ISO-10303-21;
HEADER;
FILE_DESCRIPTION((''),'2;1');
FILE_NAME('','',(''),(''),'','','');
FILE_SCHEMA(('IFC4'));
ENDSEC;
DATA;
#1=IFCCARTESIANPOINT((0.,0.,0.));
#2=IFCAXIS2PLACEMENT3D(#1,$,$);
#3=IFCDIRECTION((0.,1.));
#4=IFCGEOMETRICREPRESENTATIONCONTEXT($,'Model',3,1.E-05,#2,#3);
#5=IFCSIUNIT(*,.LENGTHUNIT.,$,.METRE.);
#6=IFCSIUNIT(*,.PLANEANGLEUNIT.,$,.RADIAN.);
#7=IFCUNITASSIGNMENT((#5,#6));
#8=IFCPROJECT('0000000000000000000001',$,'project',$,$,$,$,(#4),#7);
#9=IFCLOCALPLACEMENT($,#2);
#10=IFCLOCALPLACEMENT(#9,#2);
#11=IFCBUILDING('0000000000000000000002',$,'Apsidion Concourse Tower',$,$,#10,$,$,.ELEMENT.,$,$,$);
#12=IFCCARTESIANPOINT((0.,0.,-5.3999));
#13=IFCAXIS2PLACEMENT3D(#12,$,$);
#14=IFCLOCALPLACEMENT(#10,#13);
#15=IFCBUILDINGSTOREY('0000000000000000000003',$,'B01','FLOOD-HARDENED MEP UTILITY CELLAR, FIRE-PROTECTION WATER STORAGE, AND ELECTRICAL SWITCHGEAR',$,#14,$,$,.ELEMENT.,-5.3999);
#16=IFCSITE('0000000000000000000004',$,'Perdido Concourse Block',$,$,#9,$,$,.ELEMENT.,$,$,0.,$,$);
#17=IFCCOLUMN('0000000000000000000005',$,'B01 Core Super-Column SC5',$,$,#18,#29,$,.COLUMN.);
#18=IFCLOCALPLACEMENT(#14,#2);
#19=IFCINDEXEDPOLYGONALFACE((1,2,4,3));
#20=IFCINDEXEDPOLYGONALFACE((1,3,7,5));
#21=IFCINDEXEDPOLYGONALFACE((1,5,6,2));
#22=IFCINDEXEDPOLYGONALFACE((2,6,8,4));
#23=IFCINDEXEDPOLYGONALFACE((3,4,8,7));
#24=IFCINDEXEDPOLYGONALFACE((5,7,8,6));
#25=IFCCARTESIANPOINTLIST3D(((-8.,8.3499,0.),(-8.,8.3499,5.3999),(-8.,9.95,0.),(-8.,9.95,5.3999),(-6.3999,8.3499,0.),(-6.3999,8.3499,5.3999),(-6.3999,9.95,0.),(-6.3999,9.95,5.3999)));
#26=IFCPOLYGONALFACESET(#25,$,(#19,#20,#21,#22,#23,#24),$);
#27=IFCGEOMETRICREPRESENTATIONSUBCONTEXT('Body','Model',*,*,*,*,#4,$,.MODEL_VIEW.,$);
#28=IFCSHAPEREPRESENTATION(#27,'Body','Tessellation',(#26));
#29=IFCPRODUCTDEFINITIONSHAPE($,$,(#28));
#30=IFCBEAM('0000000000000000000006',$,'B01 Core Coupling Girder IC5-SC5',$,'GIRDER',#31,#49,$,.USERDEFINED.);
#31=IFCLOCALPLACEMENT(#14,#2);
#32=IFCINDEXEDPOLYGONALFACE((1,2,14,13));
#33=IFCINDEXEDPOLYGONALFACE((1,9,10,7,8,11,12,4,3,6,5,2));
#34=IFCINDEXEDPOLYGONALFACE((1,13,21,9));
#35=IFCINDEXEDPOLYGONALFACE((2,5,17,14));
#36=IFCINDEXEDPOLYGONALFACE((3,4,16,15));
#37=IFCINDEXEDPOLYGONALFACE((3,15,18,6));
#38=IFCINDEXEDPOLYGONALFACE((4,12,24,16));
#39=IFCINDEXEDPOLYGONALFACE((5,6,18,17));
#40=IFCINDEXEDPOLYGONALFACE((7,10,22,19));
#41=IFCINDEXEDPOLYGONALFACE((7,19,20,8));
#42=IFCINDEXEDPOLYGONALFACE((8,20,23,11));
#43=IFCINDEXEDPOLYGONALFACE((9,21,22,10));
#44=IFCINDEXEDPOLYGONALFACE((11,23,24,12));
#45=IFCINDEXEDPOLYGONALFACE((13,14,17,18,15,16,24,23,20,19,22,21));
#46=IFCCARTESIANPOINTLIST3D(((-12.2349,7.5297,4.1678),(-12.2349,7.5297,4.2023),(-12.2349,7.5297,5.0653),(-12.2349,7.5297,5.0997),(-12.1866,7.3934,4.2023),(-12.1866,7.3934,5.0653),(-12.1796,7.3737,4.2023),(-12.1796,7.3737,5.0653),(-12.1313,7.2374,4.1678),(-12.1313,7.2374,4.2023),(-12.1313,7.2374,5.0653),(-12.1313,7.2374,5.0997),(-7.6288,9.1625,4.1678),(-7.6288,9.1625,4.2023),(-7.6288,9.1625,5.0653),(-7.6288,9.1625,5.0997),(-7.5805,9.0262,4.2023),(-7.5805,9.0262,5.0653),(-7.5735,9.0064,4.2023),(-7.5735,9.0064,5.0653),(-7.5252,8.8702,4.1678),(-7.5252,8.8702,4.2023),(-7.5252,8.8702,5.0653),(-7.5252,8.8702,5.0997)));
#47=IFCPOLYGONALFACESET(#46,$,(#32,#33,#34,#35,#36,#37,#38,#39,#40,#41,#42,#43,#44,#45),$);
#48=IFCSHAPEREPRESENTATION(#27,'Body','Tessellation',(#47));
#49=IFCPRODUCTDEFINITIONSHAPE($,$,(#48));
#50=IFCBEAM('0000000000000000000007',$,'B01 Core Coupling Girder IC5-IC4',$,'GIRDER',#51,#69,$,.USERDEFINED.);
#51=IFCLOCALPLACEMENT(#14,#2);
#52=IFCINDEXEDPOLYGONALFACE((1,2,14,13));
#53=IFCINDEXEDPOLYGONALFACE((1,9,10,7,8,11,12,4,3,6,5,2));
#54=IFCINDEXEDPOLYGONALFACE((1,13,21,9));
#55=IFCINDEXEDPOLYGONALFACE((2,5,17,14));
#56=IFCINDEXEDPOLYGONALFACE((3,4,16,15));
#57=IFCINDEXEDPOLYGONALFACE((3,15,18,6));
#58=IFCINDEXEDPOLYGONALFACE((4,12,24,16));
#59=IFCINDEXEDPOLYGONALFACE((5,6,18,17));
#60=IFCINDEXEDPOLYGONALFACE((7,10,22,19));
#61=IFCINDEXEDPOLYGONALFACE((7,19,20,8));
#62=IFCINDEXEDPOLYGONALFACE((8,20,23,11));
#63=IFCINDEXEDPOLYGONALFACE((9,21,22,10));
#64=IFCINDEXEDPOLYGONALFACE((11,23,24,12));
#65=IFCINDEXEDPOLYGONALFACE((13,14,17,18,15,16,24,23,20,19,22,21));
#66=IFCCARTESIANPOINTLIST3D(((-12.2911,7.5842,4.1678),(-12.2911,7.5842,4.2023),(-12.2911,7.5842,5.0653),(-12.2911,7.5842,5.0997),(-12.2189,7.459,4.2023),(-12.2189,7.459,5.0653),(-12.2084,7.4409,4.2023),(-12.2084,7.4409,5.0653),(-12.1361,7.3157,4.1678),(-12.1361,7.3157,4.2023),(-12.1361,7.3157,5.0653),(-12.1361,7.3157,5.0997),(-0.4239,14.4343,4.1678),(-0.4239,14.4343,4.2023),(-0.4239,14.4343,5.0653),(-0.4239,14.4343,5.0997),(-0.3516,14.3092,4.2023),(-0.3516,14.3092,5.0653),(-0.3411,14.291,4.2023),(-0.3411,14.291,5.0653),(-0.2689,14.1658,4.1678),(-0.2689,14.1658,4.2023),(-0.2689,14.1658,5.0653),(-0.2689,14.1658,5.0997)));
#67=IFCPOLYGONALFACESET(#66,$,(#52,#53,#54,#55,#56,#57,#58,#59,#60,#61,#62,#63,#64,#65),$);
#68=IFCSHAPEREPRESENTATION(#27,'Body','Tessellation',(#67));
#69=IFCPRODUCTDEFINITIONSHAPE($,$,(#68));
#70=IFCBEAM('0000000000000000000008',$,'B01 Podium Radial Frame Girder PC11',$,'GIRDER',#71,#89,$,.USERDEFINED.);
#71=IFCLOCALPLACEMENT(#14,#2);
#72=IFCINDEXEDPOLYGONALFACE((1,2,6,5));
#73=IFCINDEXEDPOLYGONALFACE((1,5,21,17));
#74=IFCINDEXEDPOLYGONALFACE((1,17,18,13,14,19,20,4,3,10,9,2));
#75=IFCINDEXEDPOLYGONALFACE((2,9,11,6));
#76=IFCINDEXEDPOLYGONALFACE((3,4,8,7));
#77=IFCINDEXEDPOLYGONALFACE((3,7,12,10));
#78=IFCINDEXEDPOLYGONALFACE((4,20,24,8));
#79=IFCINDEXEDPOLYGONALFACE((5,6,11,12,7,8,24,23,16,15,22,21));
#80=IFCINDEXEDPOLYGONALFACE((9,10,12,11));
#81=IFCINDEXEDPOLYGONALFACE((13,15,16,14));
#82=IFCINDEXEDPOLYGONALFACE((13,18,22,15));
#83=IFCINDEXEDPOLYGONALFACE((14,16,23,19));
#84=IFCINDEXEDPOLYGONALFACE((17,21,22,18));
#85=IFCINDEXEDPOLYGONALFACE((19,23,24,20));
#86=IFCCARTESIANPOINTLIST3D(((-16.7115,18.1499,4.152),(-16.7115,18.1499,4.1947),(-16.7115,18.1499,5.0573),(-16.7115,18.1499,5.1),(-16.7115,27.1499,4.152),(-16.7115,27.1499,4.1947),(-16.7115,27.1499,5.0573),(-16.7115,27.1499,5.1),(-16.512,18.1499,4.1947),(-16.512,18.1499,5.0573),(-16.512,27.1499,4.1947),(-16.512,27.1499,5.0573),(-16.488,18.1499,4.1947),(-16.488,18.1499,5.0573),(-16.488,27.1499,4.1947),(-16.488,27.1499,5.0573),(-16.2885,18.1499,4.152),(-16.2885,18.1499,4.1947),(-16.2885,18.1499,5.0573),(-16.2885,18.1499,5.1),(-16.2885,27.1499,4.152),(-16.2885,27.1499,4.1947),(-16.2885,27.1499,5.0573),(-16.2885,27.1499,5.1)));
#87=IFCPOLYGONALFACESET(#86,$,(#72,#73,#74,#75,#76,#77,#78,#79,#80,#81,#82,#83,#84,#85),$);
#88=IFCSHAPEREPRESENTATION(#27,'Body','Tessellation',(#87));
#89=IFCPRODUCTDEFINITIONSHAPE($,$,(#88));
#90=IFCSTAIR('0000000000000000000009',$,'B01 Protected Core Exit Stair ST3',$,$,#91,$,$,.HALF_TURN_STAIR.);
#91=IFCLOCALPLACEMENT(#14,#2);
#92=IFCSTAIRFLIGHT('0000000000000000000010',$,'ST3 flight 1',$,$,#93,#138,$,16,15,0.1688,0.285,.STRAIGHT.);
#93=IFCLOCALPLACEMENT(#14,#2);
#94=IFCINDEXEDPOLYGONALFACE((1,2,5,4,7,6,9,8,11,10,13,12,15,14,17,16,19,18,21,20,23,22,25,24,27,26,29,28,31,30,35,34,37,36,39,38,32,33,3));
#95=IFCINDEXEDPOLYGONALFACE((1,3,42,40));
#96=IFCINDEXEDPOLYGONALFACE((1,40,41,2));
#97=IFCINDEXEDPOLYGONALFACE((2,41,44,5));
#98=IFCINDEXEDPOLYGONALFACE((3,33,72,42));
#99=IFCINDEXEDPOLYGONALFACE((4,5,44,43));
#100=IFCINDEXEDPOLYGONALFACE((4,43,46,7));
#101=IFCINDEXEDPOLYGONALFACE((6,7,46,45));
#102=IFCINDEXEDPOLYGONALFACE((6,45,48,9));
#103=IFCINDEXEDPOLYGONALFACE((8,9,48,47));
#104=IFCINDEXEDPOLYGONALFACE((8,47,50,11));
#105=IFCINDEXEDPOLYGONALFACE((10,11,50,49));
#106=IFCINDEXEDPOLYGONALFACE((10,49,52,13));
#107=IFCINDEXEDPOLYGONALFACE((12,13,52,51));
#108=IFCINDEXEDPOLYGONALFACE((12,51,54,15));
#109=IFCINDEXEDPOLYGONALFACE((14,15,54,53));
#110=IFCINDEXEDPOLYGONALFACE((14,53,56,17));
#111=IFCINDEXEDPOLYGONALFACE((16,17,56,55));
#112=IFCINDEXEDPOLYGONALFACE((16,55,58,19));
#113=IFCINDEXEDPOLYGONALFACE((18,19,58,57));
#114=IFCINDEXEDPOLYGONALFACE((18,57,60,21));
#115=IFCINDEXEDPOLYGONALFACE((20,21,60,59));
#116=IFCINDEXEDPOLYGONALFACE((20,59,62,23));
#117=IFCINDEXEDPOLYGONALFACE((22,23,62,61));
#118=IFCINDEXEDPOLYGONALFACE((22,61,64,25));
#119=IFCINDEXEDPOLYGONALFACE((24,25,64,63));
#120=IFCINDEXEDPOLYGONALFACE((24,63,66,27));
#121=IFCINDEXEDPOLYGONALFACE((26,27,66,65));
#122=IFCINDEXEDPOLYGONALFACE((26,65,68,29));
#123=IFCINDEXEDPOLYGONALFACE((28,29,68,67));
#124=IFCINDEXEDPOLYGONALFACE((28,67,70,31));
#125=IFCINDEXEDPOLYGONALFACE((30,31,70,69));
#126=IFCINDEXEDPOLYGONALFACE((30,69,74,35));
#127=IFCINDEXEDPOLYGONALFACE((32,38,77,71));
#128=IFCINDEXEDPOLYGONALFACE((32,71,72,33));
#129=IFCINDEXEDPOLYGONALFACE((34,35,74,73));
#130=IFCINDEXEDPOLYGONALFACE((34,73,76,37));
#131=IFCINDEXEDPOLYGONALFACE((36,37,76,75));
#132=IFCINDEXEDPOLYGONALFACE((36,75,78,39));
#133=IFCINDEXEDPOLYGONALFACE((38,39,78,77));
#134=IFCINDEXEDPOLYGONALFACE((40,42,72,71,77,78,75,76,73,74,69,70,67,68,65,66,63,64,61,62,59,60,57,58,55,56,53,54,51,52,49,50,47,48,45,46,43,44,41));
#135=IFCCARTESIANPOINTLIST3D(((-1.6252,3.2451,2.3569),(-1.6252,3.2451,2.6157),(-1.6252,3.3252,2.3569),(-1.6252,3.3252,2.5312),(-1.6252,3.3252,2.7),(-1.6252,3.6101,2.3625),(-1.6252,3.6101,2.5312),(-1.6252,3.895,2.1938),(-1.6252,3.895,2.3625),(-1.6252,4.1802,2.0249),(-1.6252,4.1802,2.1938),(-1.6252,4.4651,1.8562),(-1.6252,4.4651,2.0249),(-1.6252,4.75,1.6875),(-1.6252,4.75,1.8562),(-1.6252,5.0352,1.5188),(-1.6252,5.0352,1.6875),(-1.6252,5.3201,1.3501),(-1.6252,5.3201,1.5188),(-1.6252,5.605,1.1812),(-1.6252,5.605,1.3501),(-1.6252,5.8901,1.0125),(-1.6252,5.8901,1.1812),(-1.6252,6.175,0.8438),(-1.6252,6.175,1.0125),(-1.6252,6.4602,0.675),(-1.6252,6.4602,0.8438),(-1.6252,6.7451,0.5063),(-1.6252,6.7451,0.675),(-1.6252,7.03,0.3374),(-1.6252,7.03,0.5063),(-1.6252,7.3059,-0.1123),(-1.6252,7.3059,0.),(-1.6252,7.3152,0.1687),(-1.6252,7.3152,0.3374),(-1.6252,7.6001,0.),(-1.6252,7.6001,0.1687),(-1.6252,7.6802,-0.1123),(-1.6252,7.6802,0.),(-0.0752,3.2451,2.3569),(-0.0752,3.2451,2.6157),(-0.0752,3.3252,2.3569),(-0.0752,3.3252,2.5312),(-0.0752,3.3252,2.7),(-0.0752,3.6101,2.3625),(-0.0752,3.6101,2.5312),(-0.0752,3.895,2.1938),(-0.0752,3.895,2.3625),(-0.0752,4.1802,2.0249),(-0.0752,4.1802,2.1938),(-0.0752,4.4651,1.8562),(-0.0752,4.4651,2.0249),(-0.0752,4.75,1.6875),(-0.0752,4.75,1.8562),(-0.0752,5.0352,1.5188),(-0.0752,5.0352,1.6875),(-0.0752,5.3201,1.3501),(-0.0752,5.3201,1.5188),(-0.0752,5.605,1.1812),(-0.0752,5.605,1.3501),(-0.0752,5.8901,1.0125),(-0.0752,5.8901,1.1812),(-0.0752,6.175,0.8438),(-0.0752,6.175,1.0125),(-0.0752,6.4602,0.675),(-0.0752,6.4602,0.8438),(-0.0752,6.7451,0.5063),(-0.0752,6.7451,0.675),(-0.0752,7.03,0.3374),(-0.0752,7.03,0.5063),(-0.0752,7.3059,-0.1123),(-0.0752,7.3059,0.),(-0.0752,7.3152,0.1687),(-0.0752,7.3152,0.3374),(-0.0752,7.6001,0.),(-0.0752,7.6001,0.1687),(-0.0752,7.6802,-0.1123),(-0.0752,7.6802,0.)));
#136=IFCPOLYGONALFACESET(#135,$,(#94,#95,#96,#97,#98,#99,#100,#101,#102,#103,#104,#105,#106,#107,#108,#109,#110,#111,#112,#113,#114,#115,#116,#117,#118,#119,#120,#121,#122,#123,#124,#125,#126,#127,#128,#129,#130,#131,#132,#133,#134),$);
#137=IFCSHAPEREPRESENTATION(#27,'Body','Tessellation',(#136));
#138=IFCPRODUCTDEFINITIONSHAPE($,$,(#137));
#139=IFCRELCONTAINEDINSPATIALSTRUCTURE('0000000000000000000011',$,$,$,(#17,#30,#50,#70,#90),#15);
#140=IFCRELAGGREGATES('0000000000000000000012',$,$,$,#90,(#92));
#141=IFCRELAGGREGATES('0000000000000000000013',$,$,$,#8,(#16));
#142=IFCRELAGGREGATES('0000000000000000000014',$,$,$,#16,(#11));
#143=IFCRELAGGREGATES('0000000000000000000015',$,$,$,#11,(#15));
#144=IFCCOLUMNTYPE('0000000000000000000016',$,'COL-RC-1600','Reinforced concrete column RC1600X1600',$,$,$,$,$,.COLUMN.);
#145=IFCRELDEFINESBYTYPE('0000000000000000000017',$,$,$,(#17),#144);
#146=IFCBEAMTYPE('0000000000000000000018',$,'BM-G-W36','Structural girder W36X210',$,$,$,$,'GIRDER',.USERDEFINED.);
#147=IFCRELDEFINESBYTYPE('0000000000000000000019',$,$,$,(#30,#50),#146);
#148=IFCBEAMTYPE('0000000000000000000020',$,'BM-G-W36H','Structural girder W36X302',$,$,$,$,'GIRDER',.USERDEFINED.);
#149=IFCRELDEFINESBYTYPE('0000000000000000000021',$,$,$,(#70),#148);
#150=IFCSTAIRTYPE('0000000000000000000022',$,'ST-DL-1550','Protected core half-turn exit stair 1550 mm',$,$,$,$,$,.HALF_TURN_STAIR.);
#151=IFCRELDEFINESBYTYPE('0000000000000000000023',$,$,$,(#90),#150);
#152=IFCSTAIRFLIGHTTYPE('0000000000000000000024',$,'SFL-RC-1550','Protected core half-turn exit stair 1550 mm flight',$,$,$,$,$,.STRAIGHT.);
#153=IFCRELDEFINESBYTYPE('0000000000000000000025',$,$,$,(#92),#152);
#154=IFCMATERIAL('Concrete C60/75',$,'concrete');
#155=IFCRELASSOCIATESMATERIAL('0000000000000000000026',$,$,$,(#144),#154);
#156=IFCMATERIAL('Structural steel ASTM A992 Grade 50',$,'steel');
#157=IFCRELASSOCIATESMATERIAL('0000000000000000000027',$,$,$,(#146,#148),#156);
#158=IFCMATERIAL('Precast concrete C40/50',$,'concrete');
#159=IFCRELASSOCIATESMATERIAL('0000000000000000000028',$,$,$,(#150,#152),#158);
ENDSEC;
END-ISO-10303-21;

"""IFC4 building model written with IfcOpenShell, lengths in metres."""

from ifc_helpers import new_model, si_unit, direction, frame, origin, origin_2d, place, context, subcontext, project, spatial, polyline, rectangle, i_section, outline, extrude, material, material_profile, profile_set, type_object, element, aggregate, save


model = new_model("IFC4")

# Units and contexts
model_context = context("Model", 3, precision=1e-05, world=origin(), true_north=direction((0.0, 1.0)))
body_context = subcontext(model_context, "Body", "Model", "MODEL_VIEW")
ifc_project = project(units=[si_unit("LENGTHUNIT", "METRE"), si_unit("PLANEANGLEUNIT", "RADIAN")], contexts=[model_context])

# Site, building, storey
site_placement = place(None, origin())
site = spatial("IfcSite", under=ifc_project, at=site_placement, Name="Perdido Concourse Block", CompositionType="ELEMENT", RefElevation=0.0)
building_placement = place(site_placement, origin())
building = spatial("IfcBuilding", under=site, at=building_placement, Name="Apsidion Concourse Tower", CompositionType="ELEMENT")
storey_placement = place(building_placement, frame((0.0, 0.0, -5.3999)))
storey = spatial("IfcBuildingStorey", under=building, at=storey_placement, Name="B01", Description="FLOOD-HARDENED MEP UTILITY CELLAR, FIRE-PROTECTION WATER STORAGE, AND ELECTRICAL SWITCHGEAR", CompositionType="ELEMENT", Elevation=-5.3999)

# Column
ifc_material_1 = material(Name="Concrete C60/75", Category="concrete")
ifc_material_profile_1 = material_profile(ifc_material_1, rectangle(XDim=1.6001, YDim=1.6001, at=origin_2d()), Name="RC 1600x1600")
ifc_profile_set_1 = profile_set([ifc_material_profile_1], Name="Concrete C60/75")
column_type_1 = type_object("IfcColumnType", Name="COL-RC-1600", Description="Reinforced concrete column RC1600X1600", PredefinedType="COLUMN", material=ifc_profile_set_1)
column_1_placement = place(storey_placement, frame((-7.2, 9.1499, 0.0), z_axis=(0.0, 0.0, 1.0), x_axis=(1.0, 0.0, 0.0)))
element("IfcColumn", 1, at=column_1_placement, inside=storey, type_object=column_type_1, Name="B01 Core Super-Column SC5", PredefinedType="COLUMN", context=body_context, shape_type="SweptSolid", body=[
    extrude(rectangle(XDim=1.6001, YDim=1.6001, at=origin_2d()), origin(), (0.0, 0.0, 1.0), 5.3999),
])

# Beams
ifc_material_2 = material(Name="Structural steel ASTM A992 Grade 50", Category="steel")
ifc_material_profile_2 = material_profile(ifc_material_2, i_section(OverallWidth=0.3101, OverallDepth=0.9319, WebThickness=0.021, FlangeThickness=0.0344, at=origin_2d()), Name="W36X210")
ifc_profile_set_2 = profile_set([ifc_material_profile_2], Name="Structural steel ASTM A992 Grade 50")
beam_type_1 = type_object("IfcBeamType", Name="BM-G-W36", Description="Structural girder W36X210", ElementType="GIRDER", PredefinedType="USERDEFINED", material=ifc_profile_set_2)
beam_1_placement = place(storey_placement, frame((-12.1831, 7.3835, 4.6338), z_axis=(0.942534, 0.334111, 0.0), x_axis=(-0.334111, 0.942534, 0.0)))
element("IfcBeam", 2, at=beam_1_placement, inside=storey, type_object=beam_type_1, Name="B01 Core Coupling Girder IC5-SC5", ObjectType="GIRDER", PredefinedType="USERDEFINED", context=body_context, shape_type="SweptSolid", body=[
    extrude(i_section(OverallWidth=0.3101, OverallDepth=0.9319, WebThickness=0.021, FlangeThickness=0.0344, at=origin_2d()), origin(), (0.0, 0.0, 1.0), 4.887),
])
beam_2_placement = place(storey_placement, frame((-12.2136, 7.45, 4.6338), z_axis=(0.86607, 0.499922, 0.0), x_axis=(-0.499922, 0.86607, 0.0)))
element("IfcBeam", 3, at=beam_2_placement, inside=storey, type_object=beam_type_1, Name="B01 Core Coupling Girder IC5-IC4", ObjectType="GIRDER", PredefinedType="USERDEFINED", context=body_context, shape_type="SweptSolid", body=[
    extrude(i_section(OverallWidth=0.3101, OverallDepth=0.9319, WebThickness=0.021, FlangeThickness=0.0344, at=origin_2d()), origin(), (0.0, 0.0, 1.0), 13.7024),
])
ifc_material_profile_3 = material_profile(ifc_material_2, i_section(OverallWidth=0.4231, OverallDepth=0.948, WebThickness=0.0239, FlangeThickness=0.0427, at=origin_2d()), Name="W36X302")
ifc_profile_set_3 = profile_set([ifc_material_profile_3], Name="Structural steel ASTM A992 Grade 50")
beam_type_2 = type_object("IfcBeamType", Name="BM-G-W36H", Description="Structural girder W36X302", ElementType="GIRDER", PredefinedType="USERDEFINED", material=ifc_profile_set_3)
beam_3_placement = place(storey_placement, frame((-16.5, 27.1499, 4.626), z_axis=(0.0, -1.0, 0.0), x_axis=(1.0, 0.0, 0.0)))
element("IfcBeam", 4, at=beam_3_placement, inside=storey, type_object=beam_type_2, Name="B01 Podium Radial Frame Girder PC11", ObjectType="GIRDER", PredefinedType="USERDEFINED", context=body_context, shape_type="SweptSolid", body=[
    extrude(i_section(OverallWidth=0.4231, OverallDepth=0.948, WebThickness=0.0239, FlangeThickness=0.0427, at=origin_2d()), origin(), (0.0, 0.0, 1.0), 9.0),
])

# Stair, stair flight
ifc_material_3 = material(Name="Precast concrete C40/50", Category="concrete")
stair_type = type_object("IfcStairType", Name="ST-DL-1550", Description="Protected core half-turn exit stair 1550 mm", PredefinedType="HALF_TURN_STAIR", material=ifc_material_3)
stair_placement = place(storey_placement, origin())
stair = element("IfcStair", 5, at=stair_placement, inside=storey, type_object=stair_type, Name="B01 Protected Core Exit Stair ST3", PredefinedType="HALF_TURN_STAIR")
stair_flight_type = type_object("IfcStairFlightType", Name="SFL-RC-1550", Description="Protected core half-turn exit stair 1550 mm flight", PredefinedType="STRAIGHT", material=ifc_material_3)
stair_flight_placement = place(storey_placement, frame((-0.8501, 7.6001, 0.0), z_axis=(0.0, 0.0, 1.0), x_axis=(0.0, -1.0, 0.0)))
stair_flight = element("IfcStairFlight", 6, at=stair_flight_placement, type_object=stair_flight_type, Name="ST3 flight 1", NumberOfRisers=16, NumberOfTreads=15, PredefinedType="STRAIGHT", RiserHeight=0.1688, TreadLength=0.285, context=body_context, shape_type="SweptSolid", body=[
    extrude(outline(polyline([(-0.0801, -0.1123), (-0.0801, 0.0), (0.0, 0.0), (0.0, 0.1687), (0.2849, 0.1687), (0.2849, 0.3374), (0.5701, 0.3374), (0.5701, 0.5063), (0.855, 0.5063), (0.855, 0.675), (1.1399, 0.675), (1.1399, 0.8438), (1.425, 0.8438), (1.425, 1.0125), (1.71, 1.0125), (1.71, 1.1812), (1.9951, 1.1812), (1.9951, 1.3501), (2.28, 1.3501), (2.28, 1.5188), (2.5649, 1.5188), (2.5649, 1.6875), (2.8501, 1.6875), (2.8501, 1.8562), (3.135, 1.8562), (3.135, 2.0249), (3.4199, 2.0249), (3.4199, 2.1938), (3.7051, 2.1938), (3.7051, 2.3625), (3.99, 2.3625), (3.99, 2.5312), (4.2749, 2.5312), (4.2749, 2.7), (4.355, 2.6157), (4.355, 2.3569), (4.2749, 2.3569), (0.2942, 0.0), (0.2942, -0.1123), (-0.0801, -0.1123)])), frame((0.0, 0.7749, 0.0), z_axis=(0.0, -1.0, 0.0), x_axis=(1.0, 0.0, 0.0)), (0.0, 0.0, 1.0), 1.55),
])
aggregate(stair, [stair_flight])

save(model, "model.ifc")
